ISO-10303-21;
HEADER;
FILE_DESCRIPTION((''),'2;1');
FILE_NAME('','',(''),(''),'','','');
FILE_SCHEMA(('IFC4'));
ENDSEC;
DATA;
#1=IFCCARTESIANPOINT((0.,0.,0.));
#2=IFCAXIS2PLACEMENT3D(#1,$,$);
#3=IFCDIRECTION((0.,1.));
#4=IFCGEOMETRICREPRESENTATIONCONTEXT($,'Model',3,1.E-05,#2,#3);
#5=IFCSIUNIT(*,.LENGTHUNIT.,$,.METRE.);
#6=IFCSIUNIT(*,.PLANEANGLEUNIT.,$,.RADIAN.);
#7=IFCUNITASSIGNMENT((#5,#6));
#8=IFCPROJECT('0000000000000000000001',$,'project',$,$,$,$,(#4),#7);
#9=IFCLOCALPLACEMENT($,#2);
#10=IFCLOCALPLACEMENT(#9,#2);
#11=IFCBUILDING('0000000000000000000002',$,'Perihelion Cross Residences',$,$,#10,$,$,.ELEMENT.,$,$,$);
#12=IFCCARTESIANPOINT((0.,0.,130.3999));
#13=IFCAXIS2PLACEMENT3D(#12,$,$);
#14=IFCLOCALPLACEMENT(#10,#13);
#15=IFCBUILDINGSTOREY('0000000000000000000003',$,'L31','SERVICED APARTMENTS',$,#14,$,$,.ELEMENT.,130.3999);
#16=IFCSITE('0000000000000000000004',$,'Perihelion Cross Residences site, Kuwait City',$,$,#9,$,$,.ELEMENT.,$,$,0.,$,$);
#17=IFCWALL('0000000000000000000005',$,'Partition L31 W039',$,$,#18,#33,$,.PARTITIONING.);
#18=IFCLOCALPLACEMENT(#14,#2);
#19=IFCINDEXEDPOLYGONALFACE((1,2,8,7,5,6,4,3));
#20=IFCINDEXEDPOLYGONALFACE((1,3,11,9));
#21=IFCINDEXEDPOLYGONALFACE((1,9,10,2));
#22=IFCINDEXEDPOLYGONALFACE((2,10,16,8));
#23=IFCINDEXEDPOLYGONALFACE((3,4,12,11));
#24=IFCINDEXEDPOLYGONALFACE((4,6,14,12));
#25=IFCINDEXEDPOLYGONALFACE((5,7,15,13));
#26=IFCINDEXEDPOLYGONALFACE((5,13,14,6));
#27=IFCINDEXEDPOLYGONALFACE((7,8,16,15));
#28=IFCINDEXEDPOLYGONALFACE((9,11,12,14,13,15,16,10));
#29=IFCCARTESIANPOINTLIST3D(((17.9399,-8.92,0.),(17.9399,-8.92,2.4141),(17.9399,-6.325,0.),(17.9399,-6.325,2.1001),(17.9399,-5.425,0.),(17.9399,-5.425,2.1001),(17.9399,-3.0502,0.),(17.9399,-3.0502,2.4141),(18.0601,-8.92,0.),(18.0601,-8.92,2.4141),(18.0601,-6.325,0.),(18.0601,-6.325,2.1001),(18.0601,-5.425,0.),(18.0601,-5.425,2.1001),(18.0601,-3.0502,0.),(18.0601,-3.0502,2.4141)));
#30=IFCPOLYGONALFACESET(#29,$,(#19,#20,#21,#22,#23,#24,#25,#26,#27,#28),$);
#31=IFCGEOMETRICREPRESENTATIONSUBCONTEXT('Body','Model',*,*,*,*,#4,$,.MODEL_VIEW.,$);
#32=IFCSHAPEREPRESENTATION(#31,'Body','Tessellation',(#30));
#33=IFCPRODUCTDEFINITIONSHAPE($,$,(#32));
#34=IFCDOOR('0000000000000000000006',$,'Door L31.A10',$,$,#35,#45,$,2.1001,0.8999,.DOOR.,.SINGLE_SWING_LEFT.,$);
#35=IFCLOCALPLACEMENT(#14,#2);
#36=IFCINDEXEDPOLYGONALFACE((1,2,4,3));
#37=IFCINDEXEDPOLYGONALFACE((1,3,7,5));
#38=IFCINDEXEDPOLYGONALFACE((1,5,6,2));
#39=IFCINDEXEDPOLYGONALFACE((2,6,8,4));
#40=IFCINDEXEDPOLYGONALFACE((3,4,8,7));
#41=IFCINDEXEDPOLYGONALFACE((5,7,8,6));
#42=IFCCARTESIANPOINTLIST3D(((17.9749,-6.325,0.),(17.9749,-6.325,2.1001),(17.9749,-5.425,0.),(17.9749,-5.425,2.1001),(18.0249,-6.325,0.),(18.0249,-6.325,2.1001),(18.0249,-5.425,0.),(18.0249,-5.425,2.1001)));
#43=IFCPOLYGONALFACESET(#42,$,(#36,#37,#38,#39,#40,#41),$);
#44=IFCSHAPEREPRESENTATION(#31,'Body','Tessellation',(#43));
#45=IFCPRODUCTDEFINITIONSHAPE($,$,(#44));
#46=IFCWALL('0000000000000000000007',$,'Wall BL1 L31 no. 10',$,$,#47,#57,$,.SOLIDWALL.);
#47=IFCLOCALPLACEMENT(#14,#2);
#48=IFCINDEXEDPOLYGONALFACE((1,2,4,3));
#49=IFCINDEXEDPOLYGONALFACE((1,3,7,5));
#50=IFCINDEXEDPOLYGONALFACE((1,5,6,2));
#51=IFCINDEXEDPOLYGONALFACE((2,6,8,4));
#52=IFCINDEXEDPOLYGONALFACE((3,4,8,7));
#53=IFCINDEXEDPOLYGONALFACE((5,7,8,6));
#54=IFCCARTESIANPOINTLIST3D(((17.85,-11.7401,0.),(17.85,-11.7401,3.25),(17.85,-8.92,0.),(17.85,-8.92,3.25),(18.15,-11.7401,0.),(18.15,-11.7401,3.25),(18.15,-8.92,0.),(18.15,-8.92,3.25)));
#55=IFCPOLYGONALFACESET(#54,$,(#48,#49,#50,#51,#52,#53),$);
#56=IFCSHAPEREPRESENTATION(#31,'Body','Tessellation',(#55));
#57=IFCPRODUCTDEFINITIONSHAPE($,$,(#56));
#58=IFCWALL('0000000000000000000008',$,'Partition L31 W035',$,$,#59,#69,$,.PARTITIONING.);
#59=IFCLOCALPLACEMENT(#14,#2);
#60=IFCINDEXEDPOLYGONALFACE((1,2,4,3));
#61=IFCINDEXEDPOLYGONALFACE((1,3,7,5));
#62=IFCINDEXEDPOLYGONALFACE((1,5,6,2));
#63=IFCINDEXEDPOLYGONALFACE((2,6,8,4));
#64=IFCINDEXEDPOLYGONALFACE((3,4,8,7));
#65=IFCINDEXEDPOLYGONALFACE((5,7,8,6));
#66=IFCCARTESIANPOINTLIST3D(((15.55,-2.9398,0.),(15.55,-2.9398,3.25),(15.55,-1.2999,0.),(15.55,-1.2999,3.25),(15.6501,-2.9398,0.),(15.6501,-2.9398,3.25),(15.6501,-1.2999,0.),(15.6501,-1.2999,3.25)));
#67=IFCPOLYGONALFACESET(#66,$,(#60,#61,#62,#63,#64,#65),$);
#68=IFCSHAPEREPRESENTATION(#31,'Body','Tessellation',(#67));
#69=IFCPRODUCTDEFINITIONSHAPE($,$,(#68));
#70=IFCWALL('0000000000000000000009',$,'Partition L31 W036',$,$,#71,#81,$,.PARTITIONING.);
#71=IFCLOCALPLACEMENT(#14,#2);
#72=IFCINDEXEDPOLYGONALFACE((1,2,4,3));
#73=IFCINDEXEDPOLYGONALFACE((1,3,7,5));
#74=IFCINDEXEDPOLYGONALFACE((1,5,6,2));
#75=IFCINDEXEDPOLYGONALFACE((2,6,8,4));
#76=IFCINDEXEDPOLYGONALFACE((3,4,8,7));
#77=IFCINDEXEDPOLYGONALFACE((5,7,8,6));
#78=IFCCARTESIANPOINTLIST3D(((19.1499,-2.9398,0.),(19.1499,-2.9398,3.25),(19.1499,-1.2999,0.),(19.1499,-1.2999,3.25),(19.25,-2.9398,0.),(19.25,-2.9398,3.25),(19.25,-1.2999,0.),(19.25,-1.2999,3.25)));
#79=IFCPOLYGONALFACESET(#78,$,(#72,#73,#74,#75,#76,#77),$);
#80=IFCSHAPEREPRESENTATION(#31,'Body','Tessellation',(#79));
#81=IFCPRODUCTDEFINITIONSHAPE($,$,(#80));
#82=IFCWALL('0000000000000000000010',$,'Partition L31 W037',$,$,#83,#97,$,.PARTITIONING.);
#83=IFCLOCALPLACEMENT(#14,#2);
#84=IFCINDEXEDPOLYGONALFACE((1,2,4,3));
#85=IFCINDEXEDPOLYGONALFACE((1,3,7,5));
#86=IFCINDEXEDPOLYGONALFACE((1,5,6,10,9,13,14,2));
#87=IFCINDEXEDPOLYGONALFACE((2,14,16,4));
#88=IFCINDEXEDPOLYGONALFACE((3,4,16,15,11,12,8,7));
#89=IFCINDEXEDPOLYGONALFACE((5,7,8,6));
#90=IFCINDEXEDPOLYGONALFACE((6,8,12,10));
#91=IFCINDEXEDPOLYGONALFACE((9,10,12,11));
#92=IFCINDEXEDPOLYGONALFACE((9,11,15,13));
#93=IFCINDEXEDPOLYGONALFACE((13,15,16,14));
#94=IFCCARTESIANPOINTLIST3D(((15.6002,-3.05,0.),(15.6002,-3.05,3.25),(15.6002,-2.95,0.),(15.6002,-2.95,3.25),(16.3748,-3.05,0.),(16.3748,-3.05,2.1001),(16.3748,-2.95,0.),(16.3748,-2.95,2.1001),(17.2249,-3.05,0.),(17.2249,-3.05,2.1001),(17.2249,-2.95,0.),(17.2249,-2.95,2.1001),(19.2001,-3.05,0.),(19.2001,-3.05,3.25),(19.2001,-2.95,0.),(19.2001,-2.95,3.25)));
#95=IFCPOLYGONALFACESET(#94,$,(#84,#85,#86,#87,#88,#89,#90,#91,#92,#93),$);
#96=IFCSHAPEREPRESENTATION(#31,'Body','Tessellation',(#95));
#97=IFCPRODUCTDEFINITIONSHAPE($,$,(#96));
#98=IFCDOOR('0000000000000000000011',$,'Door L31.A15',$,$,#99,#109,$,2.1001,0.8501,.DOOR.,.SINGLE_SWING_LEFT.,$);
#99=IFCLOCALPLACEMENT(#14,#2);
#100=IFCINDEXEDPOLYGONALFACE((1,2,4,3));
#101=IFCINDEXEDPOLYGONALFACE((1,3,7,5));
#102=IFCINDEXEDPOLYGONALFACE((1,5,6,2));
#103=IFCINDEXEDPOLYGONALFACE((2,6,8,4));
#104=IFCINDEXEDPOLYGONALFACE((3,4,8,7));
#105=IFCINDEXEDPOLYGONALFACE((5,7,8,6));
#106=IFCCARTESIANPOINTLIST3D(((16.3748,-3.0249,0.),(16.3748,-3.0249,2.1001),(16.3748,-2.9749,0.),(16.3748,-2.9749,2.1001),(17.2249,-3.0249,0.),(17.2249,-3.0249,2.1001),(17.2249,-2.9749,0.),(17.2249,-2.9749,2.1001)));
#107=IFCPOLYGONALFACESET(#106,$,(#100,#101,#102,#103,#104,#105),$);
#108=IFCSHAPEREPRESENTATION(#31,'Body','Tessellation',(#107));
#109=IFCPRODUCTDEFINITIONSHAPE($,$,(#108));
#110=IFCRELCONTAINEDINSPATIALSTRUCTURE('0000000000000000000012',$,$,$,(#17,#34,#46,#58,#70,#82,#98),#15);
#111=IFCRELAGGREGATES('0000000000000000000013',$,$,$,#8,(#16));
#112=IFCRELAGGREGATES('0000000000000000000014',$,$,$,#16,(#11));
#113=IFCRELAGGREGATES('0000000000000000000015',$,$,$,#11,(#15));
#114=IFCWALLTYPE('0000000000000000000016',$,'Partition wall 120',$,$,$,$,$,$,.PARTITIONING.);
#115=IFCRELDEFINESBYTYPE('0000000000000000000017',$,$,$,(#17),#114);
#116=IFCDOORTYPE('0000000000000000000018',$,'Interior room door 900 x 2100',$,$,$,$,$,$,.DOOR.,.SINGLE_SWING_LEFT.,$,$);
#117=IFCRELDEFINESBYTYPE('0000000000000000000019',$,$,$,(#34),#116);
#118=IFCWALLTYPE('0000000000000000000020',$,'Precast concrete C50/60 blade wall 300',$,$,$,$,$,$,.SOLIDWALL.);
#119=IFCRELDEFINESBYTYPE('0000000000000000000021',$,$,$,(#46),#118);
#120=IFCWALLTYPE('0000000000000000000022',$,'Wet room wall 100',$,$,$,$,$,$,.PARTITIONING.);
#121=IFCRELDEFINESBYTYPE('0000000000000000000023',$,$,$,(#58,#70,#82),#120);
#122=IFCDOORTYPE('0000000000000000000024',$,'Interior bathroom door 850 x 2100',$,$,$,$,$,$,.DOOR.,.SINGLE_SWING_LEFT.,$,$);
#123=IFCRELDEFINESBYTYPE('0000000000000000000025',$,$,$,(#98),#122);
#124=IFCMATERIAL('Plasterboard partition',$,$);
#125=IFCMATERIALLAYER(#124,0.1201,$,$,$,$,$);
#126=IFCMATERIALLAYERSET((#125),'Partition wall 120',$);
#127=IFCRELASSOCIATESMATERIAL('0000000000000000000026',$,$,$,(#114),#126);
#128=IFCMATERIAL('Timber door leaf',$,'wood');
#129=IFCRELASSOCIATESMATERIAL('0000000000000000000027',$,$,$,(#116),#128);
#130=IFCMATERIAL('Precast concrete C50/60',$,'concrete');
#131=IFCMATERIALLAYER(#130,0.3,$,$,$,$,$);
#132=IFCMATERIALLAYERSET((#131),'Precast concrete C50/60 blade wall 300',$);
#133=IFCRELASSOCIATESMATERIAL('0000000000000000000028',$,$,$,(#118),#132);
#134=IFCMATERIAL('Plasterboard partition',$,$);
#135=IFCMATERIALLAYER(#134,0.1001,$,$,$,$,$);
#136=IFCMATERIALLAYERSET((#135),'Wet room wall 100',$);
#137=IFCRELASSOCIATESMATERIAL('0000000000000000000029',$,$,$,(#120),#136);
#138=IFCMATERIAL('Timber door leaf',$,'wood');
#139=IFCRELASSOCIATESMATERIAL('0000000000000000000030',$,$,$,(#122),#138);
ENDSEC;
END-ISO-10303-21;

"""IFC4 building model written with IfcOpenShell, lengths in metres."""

from ifc_helpers import new_model, si_unit, direction, frame, frame_2d, origin, place, context, subcontext, project, spatial, rectangle, extrude, material, layer, layer_set, type_object, element, fill, save


model = new_model("IFC4")

# Units and contexts
model_context = context("Model", 3, precision=1e-05, world=origin(), true_north=direction((0.0, 1.0)))
body_context = subcontext(model_context, "Body", "Model", "MODEL_VIEW")
ifc_project = project(units=[si_unit("LENGTHUNIT", "METRE"), si_unit("PLANEANGLEUNIT", "RADIAN")], contexts=[model_context])

# Site, building, storey
site_placement = place(None, origin())
site = spatial("IfcSite", under=ifc_project, at=site_placement, Name="Perihelion Cross Residences site, Kuwait City", CompositionType="ELEMENT", RefElevation=0.0)
building_placement = place(site_placement, origin())
building = spatial("IfcBuilding", under=site, at=building_placement, Name="Perihelion Cross Residences", CompositionType="ELEMENT")
storey_placement = place(building_placement, frame((0.0, 0.0, 130.3999)))
storey = spatial("IfcBuildingStorey", under=building, at=storey_placement, Name="L31", Description="SERVICED APARTMENTS", CompositionType="ELEMENT", Elevation=130.3999)

# Wall, opening, door
ifc_material_1 = material(Name="Plasterboard partition")
ifc_layer_1 = layer(ifc_material_1, 0.1201)
ifc_layer_set_1 = layer_set([ifc_layer_1], Name="Partition wall 120")
wall_type_1 = type_object("IfcWallType", Name="Partition wall 120", PredefinedType="PARTITIONING", material=ifc_layer_set_1)
ifc_material_2 = material(Name="Timber door leaf", Category="wood")
door_type_1 = type_object("IfcDoorType", Name="Interior room door 900 x 2100", OperationType="SINGLE_SWING_LEFT", PredefinedType="DOOR", material=ifc_material_2)
wall_1_placement = place(storey_placement, frame((18.0, -3.05, 0.0), z_axis=(0.0, 0.0, 1.0), x_axis=(0.0, -1.0, 0.0)))
wall_1 = element("IfcWall", 1, at=wall_1_placement, inside=storey, type_object=wall_type_1, Name="Partition L31 W039", PredefinedType="PARTITIONING", context=body_context, shape_type="SweptSolid", body=[
    extrude(rectangle(XDim=5.8699, YDim=0.1201, at=frame_2d((2.9351, 0.0))), origin(), (0.0, 0.0, 1.0), 2.4141),
])
opening_1_placement = place(wall_1_placement, frame((2.375, 0.0, 0.0)))
opening_1 = element("IfcOpeningElement", 2, at=opening_1_placement, cuts=wall_1, PredefinedType="OPENING", context=body_context, shape_type="SweptSolid", body=[
    extrude(rectangle(XDim=0.8999, YDim=2.1001, at=frame_2d((0.45, 1.05))), frame((0.0, 0.0701, 0.0), z_axis=(0.0, -1.0, 0.0), x_axis=(1.0, 0.0, 0.0)), (0.0, 0.0, 1.0), 0.1401),
])
door_1_placement = place(opening_1_placement, origin())
door_1 = element("IfcDoor", 3, at=door_1_placement, inside=storey, type_object=door_type_1, Name="Door L31.A10", OperationType="SINGLE_SWING_LEFT", OverallHeight=2.1001, OverallWidth=0.8999, PredefinedType="DOOR", context=body_context, shape_type="SweptSolid", body=[
    extrude(rectangle(XDim=0.8999, YDim=2.1001, at=frame_2d((0.45, 1.05))), frame((0.0, 0.0249, 0.0), z_axis=(0.0, -1.0, 0.0), x_axis=(1.0, 0.0, 0.0)), (0.0, 0.0, 1.0), 0.05),
])
fill(opening_1, door_1)

# Walls
ifc_material_3 = material(Name="Precast concrete C50/60", Category="concrete")
ifc_layer_2 = layer(ifc_material_3, 0.3)
ifc_layer_set_2 = layer_set([ifc_layer_2], Name="Precast concrete C50/60 blade wall 300")
wall_type_2 = type_object("IfcWallType", Name="Precast concrete C50/60 blade wall 300", PredefinedType="SOLIDWALL", material=ifc_layer_set_2)
wall_2_placement = place(storey_placement, frame((18.0, -8.9199, 0.0), z_axis=(0.0, 0.0, 1.0), x_axis=(0.0, -1.0, 0.0)))
element("IfcWall", 4, at=wall_2_placement, inside=storey, type_object=wall_type_2, Name="Wall BL1 L31 no. 10", PredefinedType="SOLIDWALL", context=body_context, shape_type="SweptSolid", body=[
    extrude(rectangle(XDim=2.8201, YDim=0.3, at=frame_2d((1.4102, 0.0))), origin(), (0.0, 0.0, 1.0), 3.25),
])
ifc_material_4 = material(Name="Plasterboard partition")
ifc_layer_3 = layer(ifc_material_4, 0.1001)
ifc_layer_set_3 = layer_set([ifc_layer_3], Name="Wet room wall 100")
wall_type_3 = type_object("IfcWallType", Name="Wet room wall 100", PredefinedType="PARTITIONING", material=ifc_layer_set_3)
for number, where, z_axis, x_axis, name in (
    (5, (15.6001, -1.3, 0.0), (0.0, 0.0, 1.0), (0.0, -1.0, 0.0), "Partition L31 W035"),
    (6, (19.2, -1.3, 0.0), (0.0, 0.0, 1.0), (0.0, -1.0, 0.0), "Partition L31 W036"),
):
    element("IfcWall", number, at=place(storey_placement, frame(where, z_axis=z_axis, x_axis=x_axis)), inside=storey, type_object=wall_type_3, Name=name, PredefinedType="PARTITIONING", context=body_context, shape_type="SweptSolid", body=[
        extrude(rectangle(XDim=1.6399, YDim=0.1001, at=frame_2d((0.8198, 0.0))), origin(), (0.0, 0.0, 1.0), 3.25),
    ])

# Wall, opening, door
wall_3_placement = place(storey_placement, frame((19.2, -3.0, 0.0), z_axis=(0.0, 0.0, 1.0), x_axis=(-1.0, 0.0, 0.0)))
wall_3 = element("IfcWall", 7, at=wall_3_placement, inside=storey, type_object=wall_type_3, Name="Partition L31 W037", PredefinedType="PARTITIONING", context=body_context, shape_type="SweptSolid", body=[
    extrude(rectangle(XDim=3.5999, YDim=0.1001, at=frame_2d((1.7998, 0.0))), origin(), (0.0, 0.0, 1.0), 3.25),
])
opening_2_placement = place(wall_3_placement, frame((1.9751, 0.0, 0.0)))
opening_2 = element("IfcOpeningElement", 8, at=opening_2_placement, cuts=wall_3, PredefinedType="OPENING", context=body_context, shape_type="SweptSolid", body=[
    extrude(rectangle(XDim=0.8501, YDim=2.1001, at=frame_2d((0.425, 1.05))), frame((0.0, 0.0601, 0.0), z_axis=(0.0, -1.0, 0.0), x_axis=(1.0, 0.0, 0.0)), (0.0, 0.0, 1.0), 0.1201),
])
ifc_material_5 = material(Name="Timber door leaf", Category="wood")
door_type_2 = type_object("IfcDoorType", Name="Interior bathroom door 850 x 2100", OperationType="SINGLE_SWING_LEFT", PredefinedType="DOOR", material=ifc_material_5)
door_2_placement = place(opening_2_placement, origin())
door_2 = element("IfcDoor", 9, at=door_2_placement, inside=storey, type_object=door_type_2, Name="Door L31.A15", OperationType="SINGLE_SWING_LEFT", OverallHeight=2.1001, OverallWidth=0.8501, PredefinedType="DOOR", context=body_context, shape_type="SweptSolid", body=[
    extrude(rectangle(XDim=0.8501, YDim=2.1001, at=frame_2d((0.425, 1.05))), frame((0.0, 0.0249, 0.0), z_axis=(0.0, -1.0, 0.0), x_axis=(1.0, 0.0, 0.0)), (0.0, 0.0, 1.0), 0.05),
])
fill(opening_2, door_2)

save(model, "model.ifc")
